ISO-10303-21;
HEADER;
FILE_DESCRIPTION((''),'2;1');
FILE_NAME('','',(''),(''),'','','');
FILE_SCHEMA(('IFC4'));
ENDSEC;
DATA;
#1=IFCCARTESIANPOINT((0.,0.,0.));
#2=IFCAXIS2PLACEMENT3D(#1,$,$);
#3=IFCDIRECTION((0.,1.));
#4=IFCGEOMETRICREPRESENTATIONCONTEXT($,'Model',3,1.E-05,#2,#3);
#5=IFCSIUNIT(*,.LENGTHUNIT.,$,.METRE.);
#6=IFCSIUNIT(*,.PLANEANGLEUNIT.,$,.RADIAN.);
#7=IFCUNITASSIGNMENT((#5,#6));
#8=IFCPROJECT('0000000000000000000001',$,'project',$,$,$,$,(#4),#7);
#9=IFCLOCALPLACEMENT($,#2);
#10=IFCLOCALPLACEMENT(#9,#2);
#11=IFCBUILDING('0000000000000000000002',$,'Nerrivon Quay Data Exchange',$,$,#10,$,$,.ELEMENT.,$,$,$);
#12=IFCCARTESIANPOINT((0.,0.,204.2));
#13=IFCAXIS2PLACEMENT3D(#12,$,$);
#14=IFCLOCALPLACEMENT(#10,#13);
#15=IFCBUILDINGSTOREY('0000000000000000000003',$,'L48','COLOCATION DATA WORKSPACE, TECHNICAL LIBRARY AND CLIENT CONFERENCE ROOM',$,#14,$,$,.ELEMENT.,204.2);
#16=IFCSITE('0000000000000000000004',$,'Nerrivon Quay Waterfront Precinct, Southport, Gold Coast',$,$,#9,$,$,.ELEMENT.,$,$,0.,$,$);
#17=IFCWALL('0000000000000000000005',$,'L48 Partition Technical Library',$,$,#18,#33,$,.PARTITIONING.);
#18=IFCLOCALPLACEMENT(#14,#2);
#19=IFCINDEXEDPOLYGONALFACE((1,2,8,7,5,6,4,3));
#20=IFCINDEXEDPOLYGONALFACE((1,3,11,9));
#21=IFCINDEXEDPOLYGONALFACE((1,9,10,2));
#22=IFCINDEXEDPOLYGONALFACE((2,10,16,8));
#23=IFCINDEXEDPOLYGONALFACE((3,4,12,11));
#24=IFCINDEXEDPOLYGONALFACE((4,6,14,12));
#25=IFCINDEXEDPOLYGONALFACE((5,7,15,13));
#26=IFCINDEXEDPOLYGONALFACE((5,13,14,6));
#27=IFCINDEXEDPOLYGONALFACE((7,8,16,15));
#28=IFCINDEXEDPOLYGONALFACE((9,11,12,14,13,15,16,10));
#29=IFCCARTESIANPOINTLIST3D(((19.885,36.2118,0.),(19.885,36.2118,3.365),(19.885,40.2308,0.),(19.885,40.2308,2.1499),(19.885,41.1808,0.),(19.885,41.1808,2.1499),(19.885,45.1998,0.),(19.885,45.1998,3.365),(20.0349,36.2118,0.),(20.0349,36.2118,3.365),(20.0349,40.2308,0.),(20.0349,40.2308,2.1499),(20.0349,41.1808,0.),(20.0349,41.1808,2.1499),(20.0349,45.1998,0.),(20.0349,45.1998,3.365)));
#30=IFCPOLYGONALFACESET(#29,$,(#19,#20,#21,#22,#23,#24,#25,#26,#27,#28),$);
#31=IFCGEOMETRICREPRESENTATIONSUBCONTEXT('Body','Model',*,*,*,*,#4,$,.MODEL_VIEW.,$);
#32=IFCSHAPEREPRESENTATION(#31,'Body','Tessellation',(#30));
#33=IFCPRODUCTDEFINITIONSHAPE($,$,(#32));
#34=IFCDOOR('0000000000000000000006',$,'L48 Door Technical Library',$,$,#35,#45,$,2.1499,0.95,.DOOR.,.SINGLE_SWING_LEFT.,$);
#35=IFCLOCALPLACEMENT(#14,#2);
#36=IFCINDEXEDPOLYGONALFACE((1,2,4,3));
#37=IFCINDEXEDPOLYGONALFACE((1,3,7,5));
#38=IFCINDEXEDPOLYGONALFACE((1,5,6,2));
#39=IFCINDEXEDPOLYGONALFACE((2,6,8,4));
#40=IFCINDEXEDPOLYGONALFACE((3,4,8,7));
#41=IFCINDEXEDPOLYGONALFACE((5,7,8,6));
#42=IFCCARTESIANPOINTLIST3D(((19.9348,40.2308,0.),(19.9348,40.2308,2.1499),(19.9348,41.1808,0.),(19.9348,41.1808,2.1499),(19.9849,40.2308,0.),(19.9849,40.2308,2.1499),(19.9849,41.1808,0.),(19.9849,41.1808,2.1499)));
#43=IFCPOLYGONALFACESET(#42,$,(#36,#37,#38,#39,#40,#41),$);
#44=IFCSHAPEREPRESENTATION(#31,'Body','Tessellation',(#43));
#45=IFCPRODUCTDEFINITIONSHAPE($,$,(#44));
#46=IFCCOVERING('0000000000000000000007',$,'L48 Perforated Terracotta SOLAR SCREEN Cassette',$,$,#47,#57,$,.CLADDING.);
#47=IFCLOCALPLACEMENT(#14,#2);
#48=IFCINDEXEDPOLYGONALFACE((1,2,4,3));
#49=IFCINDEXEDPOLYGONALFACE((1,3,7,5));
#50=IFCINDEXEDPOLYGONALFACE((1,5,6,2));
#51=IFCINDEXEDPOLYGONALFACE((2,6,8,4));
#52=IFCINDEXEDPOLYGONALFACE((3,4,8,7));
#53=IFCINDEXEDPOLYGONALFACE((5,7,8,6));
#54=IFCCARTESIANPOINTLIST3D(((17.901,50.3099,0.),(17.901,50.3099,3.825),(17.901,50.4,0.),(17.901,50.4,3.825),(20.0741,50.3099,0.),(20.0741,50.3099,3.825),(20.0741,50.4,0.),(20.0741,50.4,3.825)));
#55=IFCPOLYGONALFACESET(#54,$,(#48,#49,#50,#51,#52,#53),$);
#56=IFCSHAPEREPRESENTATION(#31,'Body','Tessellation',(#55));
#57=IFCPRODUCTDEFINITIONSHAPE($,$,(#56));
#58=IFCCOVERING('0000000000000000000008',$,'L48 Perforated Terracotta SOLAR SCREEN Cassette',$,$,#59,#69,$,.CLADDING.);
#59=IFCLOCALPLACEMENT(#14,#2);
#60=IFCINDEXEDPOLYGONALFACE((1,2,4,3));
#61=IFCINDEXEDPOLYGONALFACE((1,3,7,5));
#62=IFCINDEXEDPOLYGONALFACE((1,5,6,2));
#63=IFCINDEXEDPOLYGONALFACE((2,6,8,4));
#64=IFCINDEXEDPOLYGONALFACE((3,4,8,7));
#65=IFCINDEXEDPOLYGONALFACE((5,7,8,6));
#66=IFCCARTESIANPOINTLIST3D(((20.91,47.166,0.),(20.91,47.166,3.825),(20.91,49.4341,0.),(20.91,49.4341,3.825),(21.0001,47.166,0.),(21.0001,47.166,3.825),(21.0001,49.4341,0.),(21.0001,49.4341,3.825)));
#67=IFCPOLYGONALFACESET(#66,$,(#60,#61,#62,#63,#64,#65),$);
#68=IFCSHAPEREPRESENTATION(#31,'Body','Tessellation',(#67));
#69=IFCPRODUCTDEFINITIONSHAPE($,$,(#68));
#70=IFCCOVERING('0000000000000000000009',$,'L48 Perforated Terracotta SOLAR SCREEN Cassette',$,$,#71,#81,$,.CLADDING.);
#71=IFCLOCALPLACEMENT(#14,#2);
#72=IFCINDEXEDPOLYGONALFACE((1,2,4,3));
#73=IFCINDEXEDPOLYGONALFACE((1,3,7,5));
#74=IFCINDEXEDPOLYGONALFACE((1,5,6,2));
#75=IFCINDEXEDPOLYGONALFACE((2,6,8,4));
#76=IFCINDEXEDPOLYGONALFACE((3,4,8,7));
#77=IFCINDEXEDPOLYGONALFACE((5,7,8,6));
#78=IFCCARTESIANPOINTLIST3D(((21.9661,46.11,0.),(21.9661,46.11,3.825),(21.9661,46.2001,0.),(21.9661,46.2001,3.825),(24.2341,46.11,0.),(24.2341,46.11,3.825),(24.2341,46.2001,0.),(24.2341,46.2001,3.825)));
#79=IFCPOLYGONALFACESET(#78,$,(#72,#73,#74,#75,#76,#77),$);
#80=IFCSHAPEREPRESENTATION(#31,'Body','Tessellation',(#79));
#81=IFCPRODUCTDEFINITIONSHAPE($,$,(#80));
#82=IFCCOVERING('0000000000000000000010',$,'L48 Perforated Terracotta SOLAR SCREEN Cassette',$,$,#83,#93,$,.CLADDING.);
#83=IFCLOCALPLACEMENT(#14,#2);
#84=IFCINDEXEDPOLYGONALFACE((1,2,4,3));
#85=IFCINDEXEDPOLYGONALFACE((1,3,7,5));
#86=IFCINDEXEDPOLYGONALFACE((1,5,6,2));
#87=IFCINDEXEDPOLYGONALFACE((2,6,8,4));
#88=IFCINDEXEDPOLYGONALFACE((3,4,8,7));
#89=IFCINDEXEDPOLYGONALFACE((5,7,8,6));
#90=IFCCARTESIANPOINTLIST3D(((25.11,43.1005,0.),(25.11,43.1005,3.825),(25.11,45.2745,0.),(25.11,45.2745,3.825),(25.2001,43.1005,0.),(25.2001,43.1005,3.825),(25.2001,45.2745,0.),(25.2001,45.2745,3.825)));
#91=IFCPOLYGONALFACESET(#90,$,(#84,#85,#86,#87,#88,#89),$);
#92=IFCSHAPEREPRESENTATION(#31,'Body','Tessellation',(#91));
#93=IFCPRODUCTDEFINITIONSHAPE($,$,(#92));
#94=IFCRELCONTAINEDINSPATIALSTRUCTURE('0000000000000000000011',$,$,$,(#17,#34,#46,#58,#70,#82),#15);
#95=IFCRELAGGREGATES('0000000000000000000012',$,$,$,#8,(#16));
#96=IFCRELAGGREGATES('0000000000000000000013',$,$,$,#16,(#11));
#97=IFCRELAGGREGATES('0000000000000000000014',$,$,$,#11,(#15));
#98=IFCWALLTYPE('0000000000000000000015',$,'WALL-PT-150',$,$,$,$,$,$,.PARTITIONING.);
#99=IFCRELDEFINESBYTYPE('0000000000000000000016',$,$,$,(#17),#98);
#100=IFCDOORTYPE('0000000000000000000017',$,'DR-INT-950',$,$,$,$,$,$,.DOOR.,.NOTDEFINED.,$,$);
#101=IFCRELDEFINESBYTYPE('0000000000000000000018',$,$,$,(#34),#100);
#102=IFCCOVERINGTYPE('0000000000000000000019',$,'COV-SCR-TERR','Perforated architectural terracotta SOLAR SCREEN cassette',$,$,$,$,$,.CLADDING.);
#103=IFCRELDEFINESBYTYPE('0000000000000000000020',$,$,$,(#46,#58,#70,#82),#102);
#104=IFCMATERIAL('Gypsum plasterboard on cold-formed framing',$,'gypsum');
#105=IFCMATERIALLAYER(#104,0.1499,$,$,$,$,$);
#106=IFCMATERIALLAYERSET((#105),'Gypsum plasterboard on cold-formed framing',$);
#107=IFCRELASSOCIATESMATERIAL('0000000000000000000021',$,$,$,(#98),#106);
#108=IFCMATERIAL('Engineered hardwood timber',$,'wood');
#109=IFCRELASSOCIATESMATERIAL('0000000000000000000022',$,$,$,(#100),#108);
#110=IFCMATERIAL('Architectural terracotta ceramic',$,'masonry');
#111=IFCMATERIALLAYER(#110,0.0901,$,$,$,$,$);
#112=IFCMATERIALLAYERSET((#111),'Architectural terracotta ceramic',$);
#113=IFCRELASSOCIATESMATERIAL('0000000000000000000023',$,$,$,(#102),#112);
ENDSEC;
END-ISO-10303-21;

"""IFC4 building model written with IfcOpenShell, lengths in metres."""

from ifc_helpers import new_model, si_unit, direction, frame, frame_2d, origin, origin_2d, place, context, subcontext, project, spatial, rectangle, extrude, material, layer, layer_set, type_object, element, fill, save


model = new_model("IFC4")

# Units and contexts
model_context = context("Model", 3, precision=1e-05, world=origin(), true_north=direction((0.0, 1.0)))
body_context = subcontext(model_context, "Body", "Model", "MODEL_VIEW")
ifc_project = project(units=[si_unit("LENGTHUNIT", "METRE"), si_unit("PLANEANGLEUNIT", "RADIAN")], contexts=[model_context])

# Site, building, storey
site_placement = place(None, origin())
site = spatial("IfcSite", under=ifc_project, at=site_placement, Name="Nerrivon Quay Waterfront Precinct, Southport, Gold Coast", CompositionType="ELEMENT", RefElevation=0.0)
building_placement = place(site_placement, origin())
building = spatial("IfcBuilding", under=site, at=building_placement, Name="Nerrivon Quay Data Exchange", CompositionType="ELEMENT")
storey_placement = place(building_placement, frame((0.0, 0.0, 204.2)))
storey = spatial("IfcBuildingStorey", under=building, at=storey_placement, Name="L48", Description="COLOCATION DATA WORKSPACE, TECHNICAL LIBRARY AND CLIENT CONFERENCE ROOM", CompositionType="ELEMENT", Elevation=204.2)

# Shared definitions
ifc_material_1 = material(Name="Gypsum plasterboard on cold-formed framing", Category="gypsum")

# Wall, opening, door
ifc_layer_1 = layer(ifc_material_1, 0.1499)
ifc_layer_set_1 = layer_set([ifc_layer_1], Name="Gypsum plasterboard on cold-formed framing")
wall_type_1 = type_object("IfcWallType", Name="WALL-PT-150", PredefinedType="PARTITIONING", material=ifc_layer_set_1)
wall_1_placement = place(storey_placement, frame((19.96, 45.2, 0.0), z_axis=(0.0, 0.0, 1.0), x_axis=(0.0, -1.0, 0.0)))
wall_1 = element("IfcWall", 1, at=wall_1_placement, inside=storey, type_object=wall_type_1, Name="L48 Partition Technical Library", PredefinedType="PARTITIONING", context=body_context, shape_type="SweptSolid", body=[
    extrude(rectangle(XDim=8.988, YDim=0.1499, at=frame_2d((4.4941, 0.0))), origin(), (0.0, 0.0, 1.0), 3.365),
])
opening_placement = place(wall_1_placement, frame((4.019, 0.0, 0.0)))
opening = element("IfcOpeningElement", 2, at=opening_placement, cuts=wall_1, PredefinedType="OPENING", context=body_context, shape_type="SweptSolid", body=[
    extrude(rectangle(XDim=0.95, YDim=2.1499, at=frame_2d((0.4751, 1.075))), frame((0.0, 0.085, 0.0), z_axis=(0.0, -1.0, 0.0), x_axis=(1.0, 0.0, 0.0)), (0.0, 0.0, 1.0), 0.1699),
])
ifc_material_2 = material(Name="Engineered hardwood timber", Category="wood")
door_type = type_object("IfcDoorType", Name="DR-INT-950", OperationType="NOTDEFINED", PredefinedType="DOOR", material=ifc_material_2)
door_placement = place(opening_placement, origin())
door = element("IfcDoor", 3, at=door_placement, inside=storey, type_object=door_type, Name="L48 Door Technical Library", OperationType="SINGLE_SWING_LEFT", OverallHeight=2.1499, OverallWidth=0.95, PredefinedType="DOOR", context=body_context, shape_type="SweptSolid", body=[
    extrude(rectangle(XDim=0.95, YDim=2.1499, at=frame_2d((0.4751, 1.075))), frame((0.0, 0.0249, 0.0), z_axis=(0.0, -1.0, 0.0), x_axis=(1.0, 0.0, 0.0)), (0.0, 0.0, 1.0), 0.05),
])
fill(opening, door)

# Coverings
ifc_material_3 = material(Name="Architectural terracotta ceramic", Category="masonry")
ifc_layer_2 = layer(ifc_material_3, 0.0901)
ifc_layer_set_2 = layer_set([ifc_layer_2], Name="Architectural terracotta ceramic")
covering_type = type_object("IfcCoveringType", Name="COV-SCR-TERR", Description="Perforated architectural terracotta SOLAR SCREEN cassette", PredefinedType="CLADDING", material=ifc_layer_set_2)
covering_1_placement = place(storey_placement, frame((18.9875, 50.355, 0.0), z_axis=(0.0, 0.0, 1.0), x_axis=(1.0, 0.0, 0.0)))
element("IfcCovering", 4, at=covering_1_placement, inside=storey, type_object=covering_type, Name="L48 Perforated Terracotta SOLAR SCREEN Cassette", PredefinedType="CLADDING", context=body_context, shape_type="SweptSolid", body=[
    extrude(rectangle(XDim=2.1731, YDim=0.0901, at=origin_2d()), origin(), (0.0, 0.0, 1.0), 3.825),
])
for number, where, z_axis, x_axis, name in (
    (5, (20.9551, 48.3, 0.0), (0.0, 0.0, 1.0), (0.0, -1.0, 0.0), "L48 Perforated Terracotta SOLAR SCREEN Cassette"),
    (6, (23.1001, 46.155, 0.0), (0.0, 0.0, 1.0), (1.0, 0.0, 0.0), "L48 Perforated Terracotta SOLAR SCREEN Cassette"),
):
    element("IfcCovering", number, at=place(storey_placement, frame(where, z_axis=z_axis, x_axis=x_axis)), inside=storey, type_object=covering_type, Name=name, PredefinedType="CLADDING", context=body_context, shape_type="SweptSolid", body=[
        extrude(rectangle(XDim=2.2681, YDim=0.0901, at=origin_2d()), origin(), (0.0, 0.0, 1.0), 3.825),
    ])
covering_2_placement = place(storey_placement, frame((25.155, 44.1875, 0.0), z_axis=(0.0, 0.0, 1.0), x_axis=(0.0, -1.0, 0.0)))
element("IfcCovering", 7, at=covering_2_placement, inside=storey, type_object=covering_type, Name="L48 Perforated Terracotta SOLAR SCREEN Cassette", PredefinedType="CLADDING", context=body_context, shape_type="SweptSolid", body=[
    extrude(rectangle(XDim=2.1741, YDim=0.0901, at=origin_2d()), origin(), (0.0, 0.0, 1.0), 3.825),
])

save(model, "model.ifc")
